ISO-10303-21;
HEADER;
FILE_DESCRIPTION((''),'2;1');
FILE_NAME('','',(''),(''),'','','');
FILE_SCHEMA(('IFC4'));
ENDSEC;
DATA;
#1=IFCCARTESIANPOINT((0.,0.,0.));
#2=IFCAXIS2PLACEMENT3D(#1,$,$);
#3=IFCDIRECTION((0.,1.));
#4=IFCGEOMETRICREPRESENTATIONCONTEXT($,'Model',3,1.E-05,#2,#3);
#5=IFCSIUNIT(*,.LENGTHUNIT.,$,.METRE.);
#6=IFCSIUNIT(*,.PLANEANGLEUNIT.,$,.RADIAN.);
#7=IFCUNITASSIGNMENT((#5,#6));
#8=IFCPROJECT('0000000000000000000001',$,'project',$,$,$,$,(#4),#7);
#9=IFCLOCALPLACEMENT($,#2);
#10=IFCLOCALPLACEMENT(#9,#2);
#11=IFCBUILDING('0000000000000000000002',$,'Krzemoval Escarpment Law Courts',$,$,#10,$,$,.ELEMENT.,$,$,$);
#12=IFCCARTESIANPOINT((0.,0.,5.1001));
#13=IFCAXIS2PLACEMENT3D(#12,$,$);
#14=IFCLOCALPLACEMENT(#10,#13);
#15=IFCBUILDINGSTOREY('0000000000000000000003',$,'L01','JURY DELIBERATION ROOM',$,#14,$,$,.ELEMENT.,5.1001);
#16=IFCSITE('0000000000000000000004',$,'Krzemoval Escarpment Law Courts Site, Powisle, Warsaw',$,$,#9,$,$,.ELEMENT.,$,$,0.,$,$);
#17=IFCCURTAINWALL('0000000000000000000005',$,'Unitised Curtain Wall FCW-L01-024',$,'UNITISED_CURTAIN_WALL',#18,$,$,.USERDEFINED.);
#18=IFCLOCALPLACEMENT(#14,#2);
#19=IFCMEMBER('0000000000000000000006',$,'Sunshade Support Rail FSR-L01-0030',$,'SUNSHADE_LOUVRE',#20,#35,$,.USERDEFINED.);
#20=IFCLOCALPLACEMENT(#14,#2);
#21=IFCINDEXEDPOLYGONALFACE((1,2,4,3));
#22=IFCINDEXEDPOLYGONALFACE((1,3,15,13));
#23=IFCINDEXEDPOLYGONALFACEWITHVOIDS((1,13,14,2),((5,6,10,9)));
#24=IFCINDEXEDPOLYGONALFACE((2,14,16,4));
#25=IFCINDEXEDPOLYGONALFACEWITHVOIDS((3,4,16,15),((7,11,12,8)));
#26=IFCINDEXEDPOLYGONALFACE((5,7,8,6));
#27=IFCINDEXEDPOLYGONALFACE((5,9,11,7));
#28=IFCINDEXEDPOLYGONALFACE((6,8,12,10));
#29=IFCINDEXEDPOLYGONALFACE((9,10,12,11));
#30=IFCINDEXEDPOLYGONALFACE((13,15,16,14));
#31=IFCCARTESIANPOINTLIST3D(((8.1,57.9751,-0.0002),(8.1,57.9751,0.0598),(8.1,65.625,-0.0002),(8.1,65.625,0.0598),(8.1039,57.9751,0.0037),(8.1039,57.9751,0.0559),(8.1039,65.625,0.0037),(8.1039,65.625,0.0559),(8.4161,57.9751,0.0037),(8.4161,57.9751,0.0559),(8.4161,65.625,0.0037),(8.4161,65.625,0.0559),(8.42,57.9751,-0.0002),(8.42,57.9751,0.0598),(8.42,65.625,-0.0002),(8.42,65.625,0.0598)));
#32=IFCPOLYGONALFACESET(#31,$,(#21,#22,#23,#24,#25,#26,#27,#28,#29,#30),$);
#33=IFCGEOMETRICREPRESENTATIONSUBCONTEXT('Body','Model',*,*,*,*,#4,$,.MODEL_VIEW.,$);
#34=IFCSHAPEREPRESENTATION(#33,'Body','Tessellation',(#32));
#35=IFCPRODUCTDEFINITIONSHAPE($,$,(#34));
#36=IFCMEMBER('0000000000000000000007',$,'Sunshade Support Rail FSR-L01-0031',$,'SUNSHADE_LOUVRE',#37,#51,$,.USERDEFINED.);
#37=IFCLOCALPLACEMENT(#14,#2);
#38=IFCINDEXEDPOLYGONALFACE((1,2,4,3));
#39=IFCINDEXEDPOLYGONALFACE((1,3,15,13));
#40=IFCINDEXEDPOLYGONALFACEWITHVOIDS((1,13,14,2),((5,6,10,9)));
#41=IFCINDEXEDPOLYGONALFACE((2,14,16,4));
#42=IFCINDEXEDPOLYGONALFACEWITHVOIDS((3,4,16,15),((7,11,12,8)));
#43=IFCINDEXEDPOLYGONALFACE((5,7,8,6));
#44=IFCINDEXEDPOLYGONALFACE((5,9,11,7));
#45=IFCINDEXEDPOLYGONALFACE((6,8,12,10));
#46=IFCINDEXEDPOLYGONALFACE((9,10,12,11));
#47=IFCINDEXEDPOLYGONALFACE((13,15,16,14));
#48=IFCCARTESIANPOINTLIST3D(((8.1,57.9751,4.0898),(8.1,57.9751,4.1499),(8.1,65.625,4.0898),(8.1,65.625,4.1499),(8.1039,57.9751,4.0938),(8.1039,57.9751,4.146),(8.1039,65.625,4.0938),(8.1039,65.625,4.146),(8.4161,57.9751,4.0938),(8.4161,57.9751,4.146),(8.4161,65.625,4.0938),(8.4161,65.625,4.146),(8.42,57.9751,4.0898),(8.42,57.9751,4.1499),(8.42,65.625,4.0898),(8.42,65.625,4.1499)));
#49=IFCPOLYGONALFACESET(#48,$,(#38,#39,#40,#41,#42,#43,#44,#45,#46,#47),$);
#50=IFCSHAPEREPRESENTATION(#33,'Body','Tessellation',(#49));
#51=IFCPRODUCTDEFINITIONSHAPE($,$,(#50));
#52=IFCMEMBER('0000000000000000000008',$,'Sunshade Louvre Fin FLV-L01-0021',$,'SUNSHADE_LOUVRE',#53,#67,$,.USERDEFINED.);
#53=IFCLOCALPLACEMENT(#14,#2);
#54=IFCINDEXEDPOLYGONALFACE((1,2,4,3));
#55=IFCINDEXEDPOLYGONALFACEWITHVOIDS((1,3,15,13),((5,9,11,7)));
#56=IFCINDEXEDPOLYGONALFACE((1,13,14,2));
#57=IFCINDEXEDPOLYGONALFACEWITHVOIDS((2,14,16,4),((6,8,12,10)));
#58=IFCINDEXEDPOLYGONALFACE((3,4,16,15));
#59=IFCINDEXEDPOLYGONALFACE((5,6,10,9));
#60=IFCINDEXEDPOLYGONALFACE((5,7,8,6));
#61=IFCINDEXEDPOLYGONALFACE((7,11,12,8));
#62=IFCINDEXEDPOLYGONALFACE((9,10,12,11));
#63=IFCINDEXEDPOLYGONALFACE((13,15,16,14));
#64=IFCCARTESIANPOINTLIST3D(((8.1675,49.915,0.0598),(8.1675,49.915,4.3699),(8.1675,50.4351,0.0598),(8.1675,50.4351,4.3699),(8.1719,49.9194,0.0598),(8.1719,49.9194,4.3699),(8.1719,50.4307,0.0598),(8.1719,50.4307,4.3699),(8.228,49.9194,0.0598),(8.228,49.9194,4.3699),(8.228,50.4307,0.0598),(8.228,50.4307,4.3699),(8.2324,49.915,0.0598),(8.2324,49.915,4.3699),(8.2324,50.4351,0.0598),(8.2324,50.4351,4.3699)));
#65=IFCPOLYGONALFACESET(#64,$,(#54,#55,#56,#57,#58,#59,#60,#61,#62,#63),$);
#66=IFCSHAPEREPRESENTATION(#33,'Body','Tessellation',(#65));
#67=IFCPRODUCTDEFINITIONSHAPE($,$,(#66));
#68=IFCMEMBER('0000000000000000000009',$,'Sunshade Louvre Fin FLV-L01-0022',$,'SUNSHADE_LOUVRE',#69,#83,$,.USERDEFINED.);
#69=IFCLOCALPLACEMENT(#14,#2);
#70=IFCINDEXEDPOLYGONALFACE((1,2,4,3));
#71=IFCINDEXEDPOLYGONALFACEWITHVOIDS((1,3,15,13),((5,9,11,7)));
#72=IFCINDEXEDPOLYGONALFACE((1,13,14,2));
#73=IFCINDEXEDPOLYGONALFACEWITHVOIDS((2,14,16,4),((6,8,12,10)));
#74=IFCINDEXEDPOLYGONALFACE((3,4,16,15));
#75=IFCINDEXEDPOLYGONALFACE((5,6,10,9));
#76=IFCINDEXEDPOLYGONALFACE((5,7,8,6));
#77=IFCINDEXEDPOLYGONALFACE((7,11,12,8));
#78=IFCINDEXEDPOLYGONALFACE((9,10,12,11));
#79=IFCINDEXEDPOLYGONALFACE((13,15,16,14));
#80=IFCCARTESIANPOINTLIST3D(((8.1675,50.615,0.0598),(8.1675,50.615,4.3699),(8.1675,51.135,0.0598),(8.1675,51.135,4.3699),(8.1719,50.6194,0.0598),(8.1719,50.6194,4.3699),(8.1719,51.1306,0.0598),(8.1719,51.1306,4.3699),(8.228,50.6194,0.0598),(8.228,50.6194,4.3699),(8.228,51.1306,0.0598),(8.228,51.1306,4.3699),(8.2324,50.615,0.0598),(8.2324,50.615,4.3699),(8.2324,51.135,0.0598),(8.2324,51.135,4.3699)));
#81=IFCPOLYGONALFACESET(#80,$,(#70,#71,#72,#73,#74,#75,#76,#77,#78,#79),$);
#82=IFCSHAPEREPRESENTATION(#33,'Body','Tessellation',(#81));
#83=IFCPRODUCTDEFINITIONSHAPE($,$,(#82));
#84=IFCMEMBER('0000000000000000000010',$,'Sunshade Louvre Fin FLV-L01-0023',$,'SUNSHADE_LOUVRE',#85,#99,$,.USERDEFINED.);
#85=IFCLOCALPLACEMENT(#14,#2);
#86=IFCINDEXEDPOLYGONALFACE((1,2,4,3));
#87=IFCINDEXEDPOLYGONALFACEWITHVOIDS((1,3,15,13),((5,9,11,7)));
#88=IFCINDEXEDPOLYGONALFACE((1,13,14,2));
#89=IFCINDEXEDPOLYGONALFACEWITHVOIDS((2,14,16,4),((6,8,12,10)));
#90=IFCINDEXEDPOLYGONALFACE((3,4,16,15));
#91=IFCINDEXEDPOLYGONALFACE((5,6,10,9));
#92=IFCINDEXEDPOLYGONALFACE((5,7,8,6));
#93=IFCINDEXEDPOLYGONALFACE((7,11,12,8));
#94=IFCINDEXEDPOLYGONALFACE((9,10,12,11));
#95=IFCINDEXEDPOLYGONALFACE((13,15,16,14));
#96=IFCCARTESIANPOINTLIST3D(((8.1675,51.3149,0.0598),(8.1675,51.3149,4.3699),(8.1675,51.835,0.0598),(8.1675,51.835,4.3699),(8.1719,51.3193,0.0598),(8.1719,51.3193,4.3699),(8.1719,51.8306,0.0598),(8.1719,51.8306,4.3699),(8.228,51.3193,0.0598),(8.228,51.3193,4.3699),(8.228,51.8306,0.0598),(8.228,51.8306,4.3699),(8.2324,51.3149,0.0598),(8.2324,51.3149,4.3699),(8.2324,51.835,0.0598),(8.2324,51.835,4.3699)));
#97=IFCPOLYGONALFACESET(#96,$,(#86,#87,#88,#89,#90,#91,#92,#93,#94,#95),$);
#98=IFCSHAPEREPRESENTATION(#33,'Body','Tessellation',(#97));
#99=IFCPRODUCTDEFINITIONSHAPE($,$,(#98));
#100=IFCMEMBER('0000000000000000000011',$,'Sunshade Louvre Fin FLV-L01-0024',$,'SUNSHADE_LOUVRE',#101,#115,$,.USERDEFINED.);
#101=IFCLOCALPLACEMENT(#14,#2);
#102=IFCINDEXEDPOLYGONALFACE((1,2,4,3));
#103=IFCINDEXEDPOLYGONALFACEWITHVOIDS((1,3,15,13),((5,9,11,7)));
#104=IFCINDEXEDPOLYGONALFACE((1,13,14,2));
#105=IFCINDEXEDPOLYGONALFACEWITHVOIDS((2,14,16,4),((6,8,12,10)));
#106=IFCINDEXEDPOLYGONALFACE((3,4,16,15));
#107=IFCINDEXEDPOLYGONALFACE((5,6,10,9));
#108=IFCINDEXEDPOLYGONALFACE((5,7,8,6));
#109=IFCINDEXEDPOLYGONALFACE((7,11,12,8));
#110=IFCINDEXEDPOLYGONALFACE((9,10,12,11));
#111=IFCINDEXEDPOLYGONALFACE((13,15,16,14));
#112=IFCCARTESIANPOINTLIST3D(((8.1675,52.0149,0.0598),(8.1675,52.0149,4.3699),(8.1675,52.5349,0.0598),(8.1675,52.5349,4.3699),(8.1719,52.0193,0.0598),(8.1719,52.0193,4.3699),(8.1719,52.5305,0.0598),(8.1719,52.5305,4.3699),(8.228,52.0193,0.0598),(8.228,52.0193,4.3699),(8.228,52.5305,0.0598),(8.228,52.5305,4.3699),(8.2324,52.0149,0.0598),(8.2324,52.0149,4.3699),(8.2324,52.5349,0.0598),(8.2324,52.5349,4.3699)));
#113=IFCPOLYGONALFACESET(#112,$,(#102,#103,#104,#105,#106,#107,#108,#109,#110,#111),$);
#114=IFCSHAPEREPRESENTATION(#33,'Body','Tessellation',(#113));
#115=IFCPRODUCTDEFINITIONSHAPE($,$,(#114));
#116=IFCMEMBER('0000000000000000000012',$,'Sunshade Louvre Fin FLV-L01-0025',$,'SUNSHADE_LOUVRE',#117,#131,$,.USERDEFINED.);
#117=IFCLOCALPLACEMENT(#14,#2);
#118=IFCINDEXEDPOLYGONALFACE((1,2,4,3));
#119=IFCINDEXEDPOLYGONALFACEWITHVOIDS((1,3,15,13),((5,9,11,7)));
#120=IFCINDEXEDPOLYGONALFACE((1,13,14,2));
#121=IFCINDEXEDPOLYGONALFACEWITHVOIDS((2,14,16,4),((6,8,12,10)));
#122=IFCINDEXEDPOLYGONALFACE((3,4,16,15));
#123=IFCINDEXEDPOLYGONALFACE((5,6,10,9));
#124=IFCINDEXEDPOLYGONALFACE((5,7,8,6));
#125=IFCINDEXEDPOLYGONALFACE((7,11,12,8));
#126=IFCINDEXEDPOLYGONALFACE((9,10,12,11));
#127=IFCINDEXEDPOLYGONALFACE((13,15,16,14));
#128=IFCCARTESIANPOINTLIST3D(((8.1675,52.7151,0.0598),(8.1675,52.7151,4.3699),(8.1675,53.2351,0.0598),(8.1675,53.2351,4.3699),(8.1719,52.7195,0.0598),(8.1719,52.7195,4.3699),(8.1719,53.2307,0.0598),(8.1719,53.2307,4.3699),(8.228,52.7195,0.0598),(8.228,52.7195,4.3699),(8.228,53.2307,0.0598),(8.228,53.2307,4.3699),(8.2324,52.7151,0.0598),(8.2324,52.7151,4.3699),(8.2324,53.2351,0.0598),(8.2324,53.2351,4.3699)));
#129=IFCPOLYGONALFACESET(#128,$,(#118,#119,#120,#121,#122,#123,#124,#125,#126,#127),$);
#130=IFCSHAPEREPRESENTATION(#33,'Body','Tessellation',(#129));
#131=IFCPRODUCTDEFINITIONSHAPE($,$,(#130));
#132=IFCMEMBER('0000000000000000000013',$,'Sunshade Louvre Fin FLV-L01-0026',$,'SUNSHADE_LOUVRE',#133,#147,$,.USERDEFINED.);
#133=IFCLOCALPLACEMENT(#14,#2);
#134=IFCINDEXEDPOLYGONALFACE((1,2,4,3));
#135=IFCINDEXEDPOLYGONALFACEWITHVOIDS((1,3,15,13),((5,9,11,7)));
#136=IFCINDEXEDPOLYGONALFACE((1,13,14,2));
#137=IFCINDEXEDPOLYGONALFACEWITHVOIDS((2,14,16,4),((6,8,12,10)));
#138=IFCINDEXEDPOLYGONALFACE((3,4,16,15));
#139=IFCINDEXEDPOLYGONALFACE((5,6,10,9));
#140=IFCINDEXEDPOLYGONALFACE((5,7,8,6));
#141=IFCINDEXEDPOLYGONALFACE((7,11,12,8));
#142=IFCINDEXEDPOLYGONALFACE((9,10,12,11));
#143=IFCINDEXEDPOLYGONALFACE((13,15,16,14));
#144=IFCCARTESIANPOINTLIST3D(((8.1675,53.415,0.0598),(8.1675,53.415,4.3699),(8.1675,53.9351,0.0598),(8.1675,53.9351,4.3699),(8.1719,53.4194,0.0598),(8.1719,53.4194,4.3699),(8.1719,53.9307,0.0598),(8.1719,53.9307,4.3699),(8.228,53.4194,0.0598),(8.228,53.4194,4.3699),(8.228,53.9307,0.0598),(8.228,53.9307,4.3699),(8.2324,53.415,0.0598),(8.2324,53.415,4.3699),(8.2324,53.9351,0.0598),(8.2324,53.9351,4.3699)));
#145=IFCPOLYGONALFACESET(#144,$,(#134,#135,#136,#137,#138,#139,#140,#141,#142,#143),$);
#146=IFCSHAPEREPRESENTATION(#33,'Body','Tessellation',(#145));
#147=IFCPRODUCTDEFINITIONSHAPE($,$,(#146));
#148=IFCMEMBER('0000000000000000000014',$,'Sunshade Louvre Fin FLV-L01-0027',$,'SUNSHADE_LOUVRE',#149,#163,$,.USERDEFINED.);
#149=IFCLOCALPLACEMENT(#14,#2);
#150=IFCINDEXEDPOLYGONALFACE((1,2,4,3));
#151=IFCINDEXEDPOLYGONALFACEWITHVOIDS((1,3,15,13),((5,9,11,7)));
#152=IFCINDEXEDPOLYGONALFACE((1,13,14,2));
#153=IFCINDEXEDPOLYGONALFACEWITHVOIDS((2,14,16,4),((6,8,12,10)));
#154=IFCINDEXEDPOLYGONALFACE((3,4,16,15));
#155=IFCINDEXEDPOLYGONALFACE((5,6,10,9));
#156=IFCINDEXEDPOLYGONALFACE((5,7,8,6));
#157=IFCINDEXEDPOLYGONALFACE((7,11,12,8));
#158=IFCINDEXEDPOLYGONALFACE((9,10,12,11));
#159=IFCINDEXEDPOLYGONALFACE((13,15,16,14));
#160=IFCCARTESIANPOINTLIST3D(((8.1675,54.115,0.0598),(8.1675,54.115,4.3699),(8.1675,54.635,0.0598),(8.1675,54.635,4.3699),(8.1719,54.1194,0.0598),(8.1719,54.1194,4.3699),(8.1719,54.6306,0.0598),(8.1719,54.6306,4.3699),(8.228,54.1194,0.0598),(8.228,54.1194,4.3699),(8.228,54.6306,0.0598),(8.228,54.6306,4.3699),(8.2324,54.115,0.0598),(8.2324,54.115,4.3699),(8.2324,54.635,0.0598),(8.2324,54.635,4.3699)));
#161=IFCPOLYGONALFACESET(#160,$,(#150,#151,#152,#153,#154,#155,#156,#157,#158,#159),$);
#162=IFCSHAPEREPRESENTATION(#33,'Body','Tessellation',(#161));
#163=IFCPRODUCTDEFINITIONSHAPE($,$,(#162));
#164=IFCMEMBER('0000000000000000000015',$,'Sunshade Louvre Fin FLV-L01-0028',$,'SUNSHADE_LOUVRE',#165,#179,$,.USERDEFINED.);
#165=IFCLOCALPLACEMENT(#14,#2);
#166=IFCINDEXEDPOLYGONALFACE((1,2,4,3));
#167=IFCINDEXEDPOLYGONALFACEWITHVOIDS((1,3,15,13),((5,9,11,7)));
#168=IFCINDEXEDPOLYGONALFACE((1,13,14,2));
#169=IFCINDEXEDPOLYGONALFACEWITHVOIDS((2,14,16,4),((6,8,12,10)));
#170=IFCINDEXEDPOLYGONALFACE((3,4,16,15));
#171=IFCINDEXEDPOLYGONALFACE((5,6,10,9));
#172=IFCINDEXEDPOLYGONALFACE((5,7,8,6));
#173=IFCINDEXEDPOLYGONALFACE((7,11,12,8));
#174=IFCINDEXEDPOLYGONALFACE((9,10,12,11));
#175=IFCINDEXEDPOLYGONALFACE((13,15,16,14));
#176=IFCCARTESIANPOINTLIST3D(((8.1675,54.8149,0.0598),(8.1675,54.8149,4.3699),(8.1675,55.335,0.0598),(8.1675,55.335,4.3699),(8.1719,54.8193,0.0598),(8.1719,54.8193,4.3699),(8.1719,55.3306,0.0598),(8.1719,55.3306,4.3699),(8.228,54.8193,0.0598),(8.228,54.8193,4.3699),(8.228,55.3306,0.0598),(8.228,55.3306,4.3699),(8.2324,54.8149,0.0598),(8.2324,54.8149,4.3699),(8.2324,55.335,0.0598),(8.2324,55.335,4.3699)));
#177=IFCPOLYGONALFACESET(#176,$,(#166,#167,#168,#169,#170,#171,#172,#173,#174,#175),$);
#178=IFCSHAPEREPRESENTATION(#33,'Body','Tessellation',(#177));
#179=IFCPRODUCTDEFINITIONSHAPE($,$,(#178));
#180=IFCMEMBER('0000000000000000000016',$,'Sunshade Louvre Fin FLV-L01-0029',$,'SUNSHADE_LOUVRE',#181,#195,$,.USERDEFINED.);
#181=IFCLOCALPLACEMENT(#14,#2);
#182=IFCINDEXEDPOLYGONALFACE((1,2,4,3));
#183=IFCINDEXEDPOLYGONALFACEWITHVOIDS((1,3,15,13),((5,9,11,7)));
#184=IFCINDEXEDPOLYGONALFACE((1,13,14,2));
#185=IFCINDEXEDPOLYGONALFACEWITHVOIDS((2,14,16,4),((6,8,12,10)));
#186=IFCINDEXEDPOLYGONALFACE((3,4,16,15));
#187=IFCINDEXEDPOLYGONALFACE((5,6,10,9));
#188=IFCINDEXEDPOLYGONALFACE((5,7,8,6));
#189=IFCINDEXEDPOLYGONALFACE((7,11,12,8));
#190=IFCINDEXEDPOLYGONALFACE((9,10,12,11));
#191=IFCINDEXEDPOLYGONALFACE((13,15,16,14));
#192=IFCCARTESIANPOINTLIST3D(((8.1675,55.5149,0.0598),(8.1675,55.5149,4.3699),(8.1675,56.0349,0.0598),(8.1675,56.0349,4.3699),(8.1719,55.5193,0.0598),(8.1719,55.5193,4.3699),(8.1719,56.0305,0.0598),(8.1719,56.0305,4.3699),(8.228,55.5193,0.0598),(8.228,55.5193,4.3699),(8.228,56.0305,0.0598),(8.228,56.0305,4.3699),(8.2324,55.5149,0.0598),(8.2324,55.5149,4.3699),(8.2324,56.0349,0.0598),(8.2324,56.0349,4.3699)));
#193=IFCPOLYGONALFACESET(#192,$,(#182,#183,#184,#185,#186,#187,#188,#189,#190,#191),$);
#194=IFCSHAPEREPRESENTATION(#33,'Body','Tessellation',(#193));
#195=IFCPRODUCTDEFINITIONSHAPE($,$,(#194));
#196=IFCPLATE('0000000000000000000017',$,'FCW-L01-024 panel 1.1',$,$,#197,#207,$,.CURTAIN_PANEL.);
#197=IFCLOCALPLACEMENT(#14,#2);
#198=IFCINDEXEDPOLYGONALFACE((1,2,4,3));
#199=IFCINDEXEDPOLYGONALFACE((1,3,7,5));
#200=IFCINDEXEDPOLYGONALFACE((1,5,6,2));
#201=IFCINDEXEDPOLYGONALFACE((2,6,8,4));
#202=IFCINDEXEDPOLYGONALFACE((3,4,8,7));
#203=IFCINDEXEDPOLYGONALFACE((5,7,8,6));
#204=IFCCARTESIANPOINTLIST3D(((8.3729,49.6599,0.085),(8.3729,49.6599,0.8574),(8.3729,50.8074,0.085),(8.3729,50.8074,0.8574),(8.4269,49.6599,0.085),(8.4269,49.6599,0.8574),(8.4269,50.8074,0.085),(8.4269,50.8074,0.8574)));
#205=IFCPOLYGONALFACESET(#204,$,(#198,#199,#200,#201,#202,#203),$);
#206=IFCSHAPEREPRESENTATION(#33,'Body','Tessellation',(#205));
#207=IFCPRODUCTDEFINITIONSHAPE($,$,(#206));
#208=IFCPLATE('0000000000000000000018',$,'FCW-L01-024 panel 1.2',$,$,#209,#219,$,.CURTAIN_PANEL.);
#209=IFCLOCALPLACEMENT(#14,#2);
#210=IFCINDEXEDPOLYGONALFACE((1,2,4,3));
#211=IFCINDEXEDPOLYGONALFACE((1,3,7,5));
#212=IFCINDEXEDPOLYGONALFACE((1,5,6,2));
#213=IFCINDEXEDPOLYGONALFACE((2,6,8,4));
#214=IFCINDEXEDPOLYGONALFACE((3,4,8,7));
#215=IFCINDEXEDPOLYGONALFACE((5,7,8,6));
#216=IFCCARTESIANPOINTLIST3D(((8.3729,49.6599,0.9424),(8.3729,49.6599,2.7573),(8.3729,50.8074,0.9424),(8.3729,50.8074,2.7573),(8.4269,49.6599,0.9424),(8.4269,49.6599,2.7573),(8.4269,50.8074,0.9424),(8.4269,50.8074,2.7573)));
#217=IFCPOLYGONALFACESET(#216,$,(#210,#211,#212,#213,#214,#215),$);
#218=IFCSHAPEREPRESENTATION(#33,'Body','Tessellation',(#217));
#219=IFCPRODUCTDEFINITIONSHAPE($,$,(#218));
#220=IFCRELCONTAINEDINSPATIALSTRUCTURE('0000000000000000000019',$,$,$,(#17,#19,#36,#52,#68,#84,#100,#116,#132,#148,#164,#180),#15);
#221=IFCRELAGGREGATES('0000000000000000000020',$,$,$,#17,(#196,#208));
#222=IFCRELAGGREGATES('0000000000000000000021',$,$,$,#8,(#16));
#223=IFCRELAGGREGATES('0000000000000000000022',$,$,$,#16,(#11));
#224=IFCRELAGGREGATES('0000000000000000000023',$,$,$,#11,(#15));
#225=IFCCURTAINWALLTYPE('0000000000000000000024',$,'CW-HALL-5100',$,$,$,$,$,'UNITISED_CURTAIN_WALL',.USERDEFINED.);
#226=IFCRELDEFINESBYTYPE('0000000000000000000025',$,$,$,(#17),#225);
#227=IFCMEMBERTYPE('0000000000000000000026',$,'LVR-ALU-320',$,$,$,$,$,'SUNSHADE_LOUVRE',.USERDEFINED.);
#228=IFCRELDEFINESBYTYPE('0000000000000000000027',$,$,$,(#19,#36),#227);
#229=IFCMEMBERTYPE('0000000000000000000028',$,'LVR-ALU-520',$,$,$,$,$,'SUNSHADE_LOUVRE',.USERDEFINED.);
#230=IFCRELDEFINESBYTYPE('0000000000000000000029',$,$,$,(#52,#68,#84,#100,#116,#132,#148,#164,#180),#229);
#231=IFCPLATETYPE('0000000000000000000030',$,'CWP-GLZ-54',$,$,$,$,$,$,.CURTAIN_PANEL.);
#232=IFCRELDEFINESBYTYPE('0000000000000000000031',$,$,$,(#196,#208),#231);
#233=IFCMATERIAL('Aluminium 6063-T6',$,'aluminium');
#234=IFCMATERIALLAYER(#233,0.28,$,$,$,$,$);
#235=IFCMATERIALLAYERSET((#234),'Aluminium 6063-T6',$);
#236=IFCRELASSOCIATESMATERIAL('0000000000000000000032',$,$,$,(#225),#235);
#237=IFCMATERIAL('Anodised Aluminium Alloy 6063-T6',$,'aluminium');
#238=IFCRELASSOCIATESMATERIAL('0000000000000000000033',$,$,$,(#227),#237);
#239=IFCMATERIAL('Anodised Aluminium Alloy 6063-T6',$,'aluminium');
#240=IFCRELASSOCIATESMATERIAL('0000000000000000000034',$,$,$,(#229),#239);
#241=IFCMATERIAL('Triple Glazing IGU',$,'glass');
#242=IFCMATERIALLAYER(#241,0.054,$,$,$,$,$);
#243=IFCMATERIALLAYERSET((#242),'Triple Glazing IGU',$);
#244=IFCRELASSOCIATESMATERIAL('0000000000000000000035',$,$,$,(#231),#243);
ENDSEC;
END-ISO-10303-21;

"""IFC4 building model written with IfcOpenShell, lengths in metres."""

from ifc_helpers import new_model, si_unit, direction, frame, origin, origin_2d, place, context, subcontext, project, spatial, rectangle, hollow_rectangle, extrude, material, layer, layer_set, material_profile, profile_set, type_object, element, aggregate, save


model = new_model("IFC4")

# Units and contexts
model_context = context("Model", 3, precision=1e-05, world=origin(), true_north=direction((0.0, 1.0)))
body_context = subcontext(model_context, "Body", "Model", "MODEL_VIEW")
ifc_project = project(units=[si_unit("LENGTHUNIT", "METRE"), si_unit("PLANEANGLEUNIT", "RADIAN")], contexts=[model_context])

# Site, building, storey
site_placement = place(None, origin())
site = spatial("IfcSite", under=ifc_project, at=site_placement, Name="Krzemoval Escarpment Law Courts Site, Powisle, Warsaw", CompositionType="ELEMENT", RefElevation=0.0)
building_placement = place(site_placement, origin())
building = spatial("IfcBuilding", under=site, at=building_placement, Name="Krzemoval Escarpment Law Courts", CompositionType="ELEMENT")
storey_placement = place(building_placement, frame((0.0, 0.0, 5.1001)))
storey = spatial("IfcBuildingStorey", under=building, at=storey_placement, Name="L01", Description="JURY DELIBERATION ROOM", CompositionType="ELEMENT", Elevation=5.1001)

# Curtain wall
ifc_material_1 = material(Name="Aluminium 6063-T6", Category="aluminium")
ifc_layer_1 = layer(ifc_material_1, 0.28)
ifc_layer_set_1 = layer_set([ifc_layer_1], Name="Aluminium 6063-T6")
curtain_wall_type = type_object("IfcCurtainWallType", Name="CW-HALL-5100", ElementType="UNITISED_CURTAIN_WALL", PredefinedType="USERDEFINED", material=ifc_layer_set_1)
curtain_wall_placement = place(storey_placement, origin())
curtain_wall = element("IfcCurtainWall", 1, at=curtain_wall_placement, inside=storey, type_object=curtain_wall_type, Name="Unitised Curtain Wall FCW-L01-024", ObjectType="UNITISED_CURTAIN_WALL", PredefinedType="USERDEFINED")

# Members
ifc_material_2 = material(Name="Anodised Aluminium Alloy 6063-T6", Category="aluminium")
ifc_material_profile_1 = material_profile(ifc_material_2, hollow_rectangle(XDim=0.0601, YDim=0.3201, WallThickness=0.0039, at=origin_2d()), Name="ALU LVR 60x320")
ifc_profile_set_1 = profile_set([ifc_material_profile_1], Name="Anodised Aluminium Alloy 6063-T6")
member_type_1 = type_object("IfcMemberType", Name="LVR-ALU-320", ElementType="SUNSHADE_LOUVRE", PredefinedType="USERDEFINED", material=ifc_profile_set_1)
for number, where, z_axis, x_axis, name in (
    (2, (8.26, 57.9751, 0.0298), (0.0, 1.0, 0.0), (0.0, 0.0, 1.0), "Sunshade Support Rail FSR-L01-0030"),
    (3, (8.26, 57.9751, 4.1199), (0.0, 1.0, 0.0), (0.0, 0.0, 1.0), "Sunshade Support Rail FSR-L01-0031"),
):
    element("IfcMember", number, at=place(storey_placement, frame(where, z_axis=z_axis, x_axis=x_axis)), inside=storey, type_object=member_type_1, Name=name, ObjectType="SUNSHADE_LOUVRE", PredefinedType="USERDEFINED", context=body_context, shape_type="SweptSolid", body=[
        extrude(hollow_rectangle(XDim=0.0601, YDim=0.3201, WallThickness=0.0039, at=origin_2d()), origin(), (0.0, 0.0, 1.0), 7.6499),
    ])
ifc_material_3 = material(Name="Anodised Aluminium Alloy 6063-T6", Category="aluminium")
ifc_material_profile_2 = material_profile(ifc_material_3, hollow_rectangle(XDim=0.0649, YDim=0.52, WallThickness=0.0044, at=origin_2d()), Name="ALU LVR 65x520")
ifc_profile_set_2 = profile_set([ifc_material_profile_2], Name="Anodised Aluminium Alloy 6063-T6")
member_type_2 = type_object("IfcMemberType", Name="LVR-ALU-520", ElementType="SUNSHADE_LOUVRE", PredefinedType="USERDEFINED", material=ifc_profile_set_2)
for number, where, z_axis, x_axis, name in (
    (4, (8.2, 50.175, 0.0598), (0.0, 0.0, 1.0), (1.0, 0.0, 0.0), "Sunshade Louvre Fin FLV-L01-0021"),
    (5, (8.2, 50.875, 0.0598), (0.0, 0.0, 1.0), (1.0, 0.0, 0.0), "Sunshade Louvre Fin FLV-L01-0022"),
    (6, (8.2, 51.575, 0.0598), (0.0, 0.0, 1.0), (1.0, 0.0, 0.0), "Sunshade Louvre Fin FLV-L01-0023"),
    (7, (8.2, 52.2749, 0.0598), (0.0, 0.0, 1.0), (1.0, 0.0, 0.0), "Sunshade Louvre Fin FLV-L01-0024"),
    (8, (8.2, 52.9751, 0.0598), (0.0, 0.0, 1.0), (1.0, 0.0, 0.0), "Sunshade Louvre Fin FLV-L01-0025"),
    (9, (8.2, 53.675, 0.0598), (0.0, 0.0, 1.0), (1.0, 0.0, 0.0), "Sunshade Louvre Fin FLV-L01-0026"),
    (10, (8.2, 54.375, 0.0598), (0.0, 0.0, 1.0), (1.0, 0.0, 0.0), "Sunshade Louvre Fin FLV-L01-0027"),
    (11, (8.2, 55.075, 0.0598), (0.0, 0.0, 1.0), (1.0, 0.0, 0.0), "Sunshade Louvre Fin FLV-L01-0028"),
    (12, (8.2, 55.7749, 0.0598), (0.0, 0.0, 1.0), (1.0, 0.0, 0.0), "Sunshade Louvre Fin FLV-L01-0029"),
):
    element("IfcMember", number, at=place(storey_placement, frame(where, z_axis=z_axis, x_axis=x_axis)), inside=storey, type_object=member_type_2, Name=name, ObjectType="SUNSHADE_LOUVRE", PredefinedType="USERDEFINED", context=body_context, shape_type="SweptSolid", body=[
        extrude(hollow_rectangle(XDim=0.0649, YDim=0.52, WallThickness=0.0044, at=origin_2d()), origin(), (0.0, 0.0, 1.0), 4.3101),
    ])

# Plates
ifc_material_4 = material(Name="Triple Glazing IGU", Category="glass")
ifc_layer_2 = layer(ifc_material_4, 0.054)
ifc_layer_set_2 = layer_set([ifc_layer_2], Name="Triple Glazing IGU")
plate_type = type_object("IfcPlateType", Name="CWP-GLZ-54", PredefinedType="CURTAIN_PANEL", material=ifc_layer_set_2)
plate_1_placement = place(storey_placement, frame((8.3999, 50.2336, 0.085), z_axis=(0.0, 0.0, 1.0), x_axis=(0.0, 1.0, 0.0)))
plate_1 = element("IfcPlate", 13, at=plate_1_placement, type_object=plate_type, Name="FCW-L01-024 panel 1.1", PredefinedType="CURTAIN_PANEL", context=body_context, shape_type="SweptSolid", body=[
    extrude(rectangle(XDim=1.1475, YDim=0.054, at=origin_2d()), origin(), (0.0, 0.0, 1.0), 0.7725),
])
plate_2_placement = place(storey_placement, frame((8.3999, 50.2336, 0.9424), z_axis=(0.0, 0.0, 1.0), x_axis=(0.0, 1.0, 0.0)))
plate_2 = element("IfcPlate", 14, at=plate_2_placement, type_object=plate_type, Name="FCW-L01-024 panel 1.2", PredefinedType="CURTAIN_PANEL", context=body_context, shape_type="SweptSolid", body=[
    extrude(rectangle(XDim=1.1475, YDim=0.054, at=origin_2d()), origin(), (0.0, 0.0, 1.0), 1.8149),
])
aggregate(curtain_wall, [plate_1, plate_2])

save(model, "model.ifc")
